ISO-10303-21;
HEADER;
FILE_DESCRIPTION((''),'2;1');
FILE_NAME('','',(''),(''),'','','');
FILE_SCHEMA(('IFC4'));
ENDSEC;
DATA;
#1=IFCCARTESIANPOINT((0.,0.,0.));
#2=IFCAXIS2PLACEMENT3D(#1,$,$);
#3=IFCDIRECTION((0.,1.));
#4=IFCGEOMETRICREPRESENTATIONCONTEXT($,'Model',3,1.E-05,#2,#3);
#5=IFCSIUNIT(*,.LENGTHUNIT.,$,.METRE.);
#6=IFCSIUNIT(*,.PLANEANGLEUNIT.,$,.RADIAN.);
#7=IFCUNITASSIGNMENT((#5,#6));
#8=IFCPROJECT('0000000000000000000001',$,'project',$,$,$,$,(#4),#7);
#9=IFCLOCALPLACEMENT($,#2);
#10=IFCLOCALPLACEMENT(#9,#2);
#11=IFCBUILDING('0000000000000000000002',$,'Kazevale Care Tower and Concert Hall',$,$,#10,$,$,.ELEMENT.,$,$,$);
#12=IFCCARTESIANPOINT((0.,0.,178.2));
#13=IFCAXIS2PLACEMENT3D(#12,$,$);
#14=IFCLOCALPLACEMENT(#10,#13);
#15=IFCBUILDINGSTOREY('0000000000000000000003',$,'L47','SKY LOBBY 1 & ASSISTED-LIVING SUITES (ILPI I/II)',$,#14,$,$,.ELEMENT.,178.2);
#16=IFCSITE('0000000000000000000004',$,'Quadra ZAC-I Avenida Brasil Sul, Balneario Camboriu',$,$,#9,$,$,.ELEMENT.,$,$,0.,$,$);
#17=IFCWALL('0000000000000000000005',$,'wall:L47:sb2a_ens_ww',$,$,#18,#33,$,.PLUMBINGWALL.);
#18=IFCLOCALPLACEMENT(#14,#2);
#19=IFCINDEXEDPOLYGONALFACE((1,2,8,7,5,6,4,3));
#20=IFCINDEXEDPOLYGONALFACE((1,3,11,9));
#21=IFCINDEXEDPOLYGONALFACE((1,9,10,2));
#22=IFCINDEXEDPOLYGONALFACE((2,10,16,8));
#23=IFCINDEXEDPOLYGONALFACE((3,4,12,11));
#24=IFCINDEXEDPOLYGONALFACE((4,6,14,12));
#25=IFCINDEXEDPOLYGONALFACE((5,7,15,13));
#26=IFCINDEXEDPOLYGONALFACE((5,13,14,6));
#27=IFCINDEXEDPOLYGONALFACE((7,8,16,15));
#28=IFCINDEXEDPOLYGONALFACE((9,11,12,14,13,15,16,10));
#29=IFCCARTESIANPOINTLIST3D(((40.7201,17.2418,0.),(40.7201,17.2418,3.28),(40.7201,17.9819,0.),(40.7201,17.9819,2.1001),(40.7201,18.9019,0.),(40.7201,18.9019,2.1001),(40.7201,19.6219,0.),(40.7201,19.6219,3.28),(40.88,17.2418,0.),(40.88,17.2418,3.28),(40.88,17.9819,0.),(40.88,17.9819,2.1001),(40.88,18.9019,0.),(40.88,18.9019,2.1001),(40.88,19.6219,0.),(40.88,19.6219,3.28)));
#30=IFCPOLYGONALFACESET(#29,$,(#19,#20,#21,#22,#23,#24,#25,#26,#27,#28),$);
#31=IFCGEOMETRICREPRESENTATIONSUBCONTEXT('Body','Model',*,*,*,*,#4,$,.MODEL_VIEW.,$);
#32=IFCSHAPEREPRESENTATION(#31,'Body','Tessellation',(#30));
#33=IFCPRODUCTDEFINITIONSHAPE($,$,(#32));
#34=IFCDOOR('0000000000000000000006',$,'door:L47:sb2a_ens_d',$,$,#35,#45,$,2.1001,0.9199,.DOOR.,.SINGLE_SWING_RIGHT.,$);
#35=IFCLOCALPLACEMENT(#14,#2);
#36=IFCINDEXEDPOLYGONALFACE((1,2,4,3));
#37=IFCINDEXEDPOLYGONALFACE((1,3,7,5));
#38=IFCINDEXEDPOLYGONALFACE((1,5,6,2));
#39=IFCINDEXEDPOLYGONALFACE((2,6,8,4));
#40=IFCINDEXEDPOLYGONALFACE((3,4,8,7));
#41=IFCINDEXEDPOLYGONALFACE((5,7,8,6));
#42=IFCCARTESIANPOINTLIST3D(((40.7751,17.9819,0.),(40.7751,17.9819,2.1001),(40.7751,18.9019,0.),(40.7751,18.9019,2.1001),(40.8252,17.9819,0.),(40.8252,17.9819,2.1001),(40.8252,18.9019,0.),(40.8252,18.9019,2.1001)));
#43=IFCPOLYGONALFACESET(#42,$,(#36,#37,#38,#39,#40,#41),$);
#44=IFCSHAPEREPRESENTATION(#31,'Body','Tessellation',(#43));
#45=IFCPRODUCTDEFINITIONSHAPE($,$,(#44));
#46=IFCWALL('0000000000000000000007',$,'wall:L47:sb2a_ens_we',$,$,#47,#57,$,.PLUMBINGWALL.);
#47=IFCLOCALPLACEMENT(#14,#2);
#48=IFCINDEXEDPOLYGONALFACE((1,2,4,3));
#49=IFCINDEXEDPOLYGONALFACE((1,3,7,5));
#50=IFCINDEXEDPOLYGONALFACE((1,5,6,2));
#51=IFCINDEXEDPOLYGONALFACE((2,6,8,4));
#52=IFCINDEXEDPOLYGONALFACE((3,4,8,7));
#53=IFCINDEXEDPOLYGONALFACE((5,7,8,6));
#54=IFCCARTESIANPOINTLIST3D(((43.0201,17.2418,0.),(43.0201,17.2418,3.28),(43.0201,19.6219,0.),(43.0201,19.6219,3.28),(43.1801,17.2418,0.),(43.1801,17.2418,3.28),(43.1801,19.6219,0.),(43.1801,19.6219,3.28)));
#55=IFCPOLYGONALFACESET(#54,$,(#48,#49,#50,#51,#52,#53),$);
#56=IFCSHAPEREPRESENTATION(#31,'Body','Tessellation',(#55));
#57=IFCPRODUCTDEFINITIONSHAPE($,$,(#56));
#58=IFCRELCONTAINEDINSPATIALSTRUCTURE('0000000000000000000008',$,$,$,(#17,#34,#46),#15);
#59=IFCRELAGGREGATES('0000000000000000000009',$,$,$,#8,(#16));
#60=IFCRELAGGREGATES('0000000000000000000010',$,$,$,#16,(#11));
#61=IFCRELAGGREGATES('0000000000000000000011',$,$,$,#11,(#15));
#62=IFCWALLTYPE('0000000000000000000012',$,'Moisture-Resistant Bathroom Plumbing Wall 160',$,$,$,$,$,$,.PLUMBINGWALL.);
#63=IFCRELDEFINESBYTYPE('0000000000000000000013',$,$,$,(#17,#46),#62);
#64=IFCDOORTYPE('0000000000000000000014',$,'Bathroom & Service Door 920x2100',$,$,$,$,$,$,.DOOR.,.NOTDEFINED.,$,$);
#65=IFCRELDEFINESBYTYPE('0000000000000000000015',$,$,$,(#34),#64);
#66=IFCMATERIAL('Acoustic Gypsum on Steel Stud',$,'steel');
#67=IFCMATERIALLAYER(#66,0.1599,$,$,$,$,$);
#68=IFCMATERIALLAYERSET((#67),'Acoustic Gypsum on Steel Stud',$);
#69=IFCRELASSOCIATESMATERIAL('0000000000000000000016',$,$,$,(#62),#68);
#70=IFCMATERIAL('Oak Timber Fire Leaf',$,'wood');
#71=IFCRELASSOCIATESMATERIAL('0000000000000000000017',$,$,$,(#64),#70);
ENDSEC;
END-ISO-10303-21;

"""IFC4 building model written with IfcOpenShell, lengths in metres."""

from ifc_helpers import new_model, si_unit, direction, frame, frame_2d, origin, place, context, subcontext, project, spatial, rectangle, extrude, material, layer, layer_set, type_object, element, fill, save


model = new_model("IFC4")

# Units and contexts
model_context = context("Model", 3, precision=1e-05, world=origin(), true_north=direction((0.0, 1.0)))
body_context = subcontext(model_context, "Body", "Model", "MODEL_VIEW")
ifc_project = project(units=[si_unit("LENGTHUNIT", "METRE"), si_unit("PLANEANGLEUNIT", "RADIAN")], contexts=[model_context])

# Site, building, storey
site_placement = place(None, origin())
site = spatial("IfcSite", under=ifc_project, at=site_placement, Name="Quadra ZAC-I Avenida Brasil Sul, Balneario Camboriu", CompositionType="ELEMENT", RefElevation=0.0)
building_placement = place(site_placement, origin())
building = spatial("IfcBuilding", under=site, at=building_placement, Name="Kazevale Care Tower and Concert Hall", CompositionType="ELEMENT")
storey_placement = place(building_placement, frame((0.0, 0.0, 178.2)))
storey = spatial("IfcBuildingStorey", under=building, at=storey_placement, Name="L47", Description="SKY LOBBY 1 & ASSISTED-LIVING SUITES (ILPI I/II)", CompositionType="ELEMENT", Elevation=178.2)

# Shared definitions
ifc_material_1 = material(Name="Acoustic Gypsum on Steel Stud", Category="steel")

# Shared definitions
ifc_material_2 = material(Name="Oak Timber Fire Leaf", Category="wood")

# Shared definitions
ifc_layer_1 = layer(ifc_material_1, 0.1599)
ifc_layer_set_1 = layer_set([ifc_layer_1], Name="Acoustic Gypsum on Steel Stud")
wall_type_1 = type_object("IfcWallType", Name="Moisture-Resistant Bathroom Plumbing Wall 160", PredefinedType="PLUMBINGWALL", material=ifc_layer_set_1)

# Wall, opening, door
wall_1_placement = place(storey_placement, frame((40.8, 17.2419, 0.0), z_axis=(0.0, 0.0, 1.0), x_axis=(0.0, 1.0, 0.0)))
wall_1 = element("IfcWall", 1, at=wall_1_placement, inside=storey, type_object=wall_type_1, Name="wall:L47:sb2a_ens_ww", PredefinedType="PLUMBINGWALL", context=body_context, shape_type="SweptSolid", body=[
    extrude(rectangle(XDim=2.3801, YDim=0.1599, at=frame_2d((1.1899, 0.0))), origin(), (0.0, 0.0, 1.0), 3.28),
])
opening_1_placement = place(wall_1_placement, frame((0.74, 0.0, 0.0)))
opening_1 = element("IfcOpeningElement", 2, at=opening_1_placement, cuts=wall_1, PredefinedType="OPENING", context=body_context, shape_type="SweptSolid", body=[
    extrude(rectangle(XDim=0.9199, YDim=2.1001, at=frame_2d((0.46, 1.05))), frame((0.0, 0.0898, 0.0), z_axis=(0.0, -1.0, 0.0), x_axis=(1.0, 0.0, 0.0)), (0.0, 0.0, 1.0), 0.1799),
])
door_type_1 = type_object("IfcDoorType", Name="Bathroom & Service Door 920x2100", OperationType="NOTDEFINED", PredefinedType="DOOR", material=ifc_material_2)
door_1_placement = place(opening_1_placement, origin())
door_1 = element("IfcDoor", 3, at=door_1_placement, inside=storey, type_object=door_type_1, Name="door:L47:sb2a_ens_d", OperationType="SINGLE_SWING_RIGHT", OverallHeight=2.1001, OverallWidth=0.9199, PredefinedType="DOOR", context=body_context, shape_type="SweptSolid", body=[
    extrude(rectangle(XDim=0.9199, YDim=2.1001, at=frame_2d((0.46, 1.05))), frame((0.0, 0.0249, 0.0), z_axis=(0.0, -1.0, 0.0), x_axis=(1.0, 0.0, 0.0)), (0.0, 0.0, 1.0), 0.05),
])
fill(opening_1, door_1)

# Wall
wall_2_placement = place(storey_placement, frame((43.1001, 17.2419, 0.0), z_axis=(0.0, 0.0, 1.0), x_axis=(0.0, 1.0, 0.0)))
element("IfcWall", 4, at=wall_2_placement, inside=storey, type_object=wall_type_1, Name="wall:L47:sb2a_ens_we", PredefinedType="PLUMBINGWALL", context=body_context, shape_type="SweptSolid", body=[
    extrude(rectangle(XDim=2.3801, YDim=0.1599, at=frame_2d((1.1899, 0.0))), origin(), (0.0, 0.0, 1.0), 3.28),
])

save(model, "model.ifc")
